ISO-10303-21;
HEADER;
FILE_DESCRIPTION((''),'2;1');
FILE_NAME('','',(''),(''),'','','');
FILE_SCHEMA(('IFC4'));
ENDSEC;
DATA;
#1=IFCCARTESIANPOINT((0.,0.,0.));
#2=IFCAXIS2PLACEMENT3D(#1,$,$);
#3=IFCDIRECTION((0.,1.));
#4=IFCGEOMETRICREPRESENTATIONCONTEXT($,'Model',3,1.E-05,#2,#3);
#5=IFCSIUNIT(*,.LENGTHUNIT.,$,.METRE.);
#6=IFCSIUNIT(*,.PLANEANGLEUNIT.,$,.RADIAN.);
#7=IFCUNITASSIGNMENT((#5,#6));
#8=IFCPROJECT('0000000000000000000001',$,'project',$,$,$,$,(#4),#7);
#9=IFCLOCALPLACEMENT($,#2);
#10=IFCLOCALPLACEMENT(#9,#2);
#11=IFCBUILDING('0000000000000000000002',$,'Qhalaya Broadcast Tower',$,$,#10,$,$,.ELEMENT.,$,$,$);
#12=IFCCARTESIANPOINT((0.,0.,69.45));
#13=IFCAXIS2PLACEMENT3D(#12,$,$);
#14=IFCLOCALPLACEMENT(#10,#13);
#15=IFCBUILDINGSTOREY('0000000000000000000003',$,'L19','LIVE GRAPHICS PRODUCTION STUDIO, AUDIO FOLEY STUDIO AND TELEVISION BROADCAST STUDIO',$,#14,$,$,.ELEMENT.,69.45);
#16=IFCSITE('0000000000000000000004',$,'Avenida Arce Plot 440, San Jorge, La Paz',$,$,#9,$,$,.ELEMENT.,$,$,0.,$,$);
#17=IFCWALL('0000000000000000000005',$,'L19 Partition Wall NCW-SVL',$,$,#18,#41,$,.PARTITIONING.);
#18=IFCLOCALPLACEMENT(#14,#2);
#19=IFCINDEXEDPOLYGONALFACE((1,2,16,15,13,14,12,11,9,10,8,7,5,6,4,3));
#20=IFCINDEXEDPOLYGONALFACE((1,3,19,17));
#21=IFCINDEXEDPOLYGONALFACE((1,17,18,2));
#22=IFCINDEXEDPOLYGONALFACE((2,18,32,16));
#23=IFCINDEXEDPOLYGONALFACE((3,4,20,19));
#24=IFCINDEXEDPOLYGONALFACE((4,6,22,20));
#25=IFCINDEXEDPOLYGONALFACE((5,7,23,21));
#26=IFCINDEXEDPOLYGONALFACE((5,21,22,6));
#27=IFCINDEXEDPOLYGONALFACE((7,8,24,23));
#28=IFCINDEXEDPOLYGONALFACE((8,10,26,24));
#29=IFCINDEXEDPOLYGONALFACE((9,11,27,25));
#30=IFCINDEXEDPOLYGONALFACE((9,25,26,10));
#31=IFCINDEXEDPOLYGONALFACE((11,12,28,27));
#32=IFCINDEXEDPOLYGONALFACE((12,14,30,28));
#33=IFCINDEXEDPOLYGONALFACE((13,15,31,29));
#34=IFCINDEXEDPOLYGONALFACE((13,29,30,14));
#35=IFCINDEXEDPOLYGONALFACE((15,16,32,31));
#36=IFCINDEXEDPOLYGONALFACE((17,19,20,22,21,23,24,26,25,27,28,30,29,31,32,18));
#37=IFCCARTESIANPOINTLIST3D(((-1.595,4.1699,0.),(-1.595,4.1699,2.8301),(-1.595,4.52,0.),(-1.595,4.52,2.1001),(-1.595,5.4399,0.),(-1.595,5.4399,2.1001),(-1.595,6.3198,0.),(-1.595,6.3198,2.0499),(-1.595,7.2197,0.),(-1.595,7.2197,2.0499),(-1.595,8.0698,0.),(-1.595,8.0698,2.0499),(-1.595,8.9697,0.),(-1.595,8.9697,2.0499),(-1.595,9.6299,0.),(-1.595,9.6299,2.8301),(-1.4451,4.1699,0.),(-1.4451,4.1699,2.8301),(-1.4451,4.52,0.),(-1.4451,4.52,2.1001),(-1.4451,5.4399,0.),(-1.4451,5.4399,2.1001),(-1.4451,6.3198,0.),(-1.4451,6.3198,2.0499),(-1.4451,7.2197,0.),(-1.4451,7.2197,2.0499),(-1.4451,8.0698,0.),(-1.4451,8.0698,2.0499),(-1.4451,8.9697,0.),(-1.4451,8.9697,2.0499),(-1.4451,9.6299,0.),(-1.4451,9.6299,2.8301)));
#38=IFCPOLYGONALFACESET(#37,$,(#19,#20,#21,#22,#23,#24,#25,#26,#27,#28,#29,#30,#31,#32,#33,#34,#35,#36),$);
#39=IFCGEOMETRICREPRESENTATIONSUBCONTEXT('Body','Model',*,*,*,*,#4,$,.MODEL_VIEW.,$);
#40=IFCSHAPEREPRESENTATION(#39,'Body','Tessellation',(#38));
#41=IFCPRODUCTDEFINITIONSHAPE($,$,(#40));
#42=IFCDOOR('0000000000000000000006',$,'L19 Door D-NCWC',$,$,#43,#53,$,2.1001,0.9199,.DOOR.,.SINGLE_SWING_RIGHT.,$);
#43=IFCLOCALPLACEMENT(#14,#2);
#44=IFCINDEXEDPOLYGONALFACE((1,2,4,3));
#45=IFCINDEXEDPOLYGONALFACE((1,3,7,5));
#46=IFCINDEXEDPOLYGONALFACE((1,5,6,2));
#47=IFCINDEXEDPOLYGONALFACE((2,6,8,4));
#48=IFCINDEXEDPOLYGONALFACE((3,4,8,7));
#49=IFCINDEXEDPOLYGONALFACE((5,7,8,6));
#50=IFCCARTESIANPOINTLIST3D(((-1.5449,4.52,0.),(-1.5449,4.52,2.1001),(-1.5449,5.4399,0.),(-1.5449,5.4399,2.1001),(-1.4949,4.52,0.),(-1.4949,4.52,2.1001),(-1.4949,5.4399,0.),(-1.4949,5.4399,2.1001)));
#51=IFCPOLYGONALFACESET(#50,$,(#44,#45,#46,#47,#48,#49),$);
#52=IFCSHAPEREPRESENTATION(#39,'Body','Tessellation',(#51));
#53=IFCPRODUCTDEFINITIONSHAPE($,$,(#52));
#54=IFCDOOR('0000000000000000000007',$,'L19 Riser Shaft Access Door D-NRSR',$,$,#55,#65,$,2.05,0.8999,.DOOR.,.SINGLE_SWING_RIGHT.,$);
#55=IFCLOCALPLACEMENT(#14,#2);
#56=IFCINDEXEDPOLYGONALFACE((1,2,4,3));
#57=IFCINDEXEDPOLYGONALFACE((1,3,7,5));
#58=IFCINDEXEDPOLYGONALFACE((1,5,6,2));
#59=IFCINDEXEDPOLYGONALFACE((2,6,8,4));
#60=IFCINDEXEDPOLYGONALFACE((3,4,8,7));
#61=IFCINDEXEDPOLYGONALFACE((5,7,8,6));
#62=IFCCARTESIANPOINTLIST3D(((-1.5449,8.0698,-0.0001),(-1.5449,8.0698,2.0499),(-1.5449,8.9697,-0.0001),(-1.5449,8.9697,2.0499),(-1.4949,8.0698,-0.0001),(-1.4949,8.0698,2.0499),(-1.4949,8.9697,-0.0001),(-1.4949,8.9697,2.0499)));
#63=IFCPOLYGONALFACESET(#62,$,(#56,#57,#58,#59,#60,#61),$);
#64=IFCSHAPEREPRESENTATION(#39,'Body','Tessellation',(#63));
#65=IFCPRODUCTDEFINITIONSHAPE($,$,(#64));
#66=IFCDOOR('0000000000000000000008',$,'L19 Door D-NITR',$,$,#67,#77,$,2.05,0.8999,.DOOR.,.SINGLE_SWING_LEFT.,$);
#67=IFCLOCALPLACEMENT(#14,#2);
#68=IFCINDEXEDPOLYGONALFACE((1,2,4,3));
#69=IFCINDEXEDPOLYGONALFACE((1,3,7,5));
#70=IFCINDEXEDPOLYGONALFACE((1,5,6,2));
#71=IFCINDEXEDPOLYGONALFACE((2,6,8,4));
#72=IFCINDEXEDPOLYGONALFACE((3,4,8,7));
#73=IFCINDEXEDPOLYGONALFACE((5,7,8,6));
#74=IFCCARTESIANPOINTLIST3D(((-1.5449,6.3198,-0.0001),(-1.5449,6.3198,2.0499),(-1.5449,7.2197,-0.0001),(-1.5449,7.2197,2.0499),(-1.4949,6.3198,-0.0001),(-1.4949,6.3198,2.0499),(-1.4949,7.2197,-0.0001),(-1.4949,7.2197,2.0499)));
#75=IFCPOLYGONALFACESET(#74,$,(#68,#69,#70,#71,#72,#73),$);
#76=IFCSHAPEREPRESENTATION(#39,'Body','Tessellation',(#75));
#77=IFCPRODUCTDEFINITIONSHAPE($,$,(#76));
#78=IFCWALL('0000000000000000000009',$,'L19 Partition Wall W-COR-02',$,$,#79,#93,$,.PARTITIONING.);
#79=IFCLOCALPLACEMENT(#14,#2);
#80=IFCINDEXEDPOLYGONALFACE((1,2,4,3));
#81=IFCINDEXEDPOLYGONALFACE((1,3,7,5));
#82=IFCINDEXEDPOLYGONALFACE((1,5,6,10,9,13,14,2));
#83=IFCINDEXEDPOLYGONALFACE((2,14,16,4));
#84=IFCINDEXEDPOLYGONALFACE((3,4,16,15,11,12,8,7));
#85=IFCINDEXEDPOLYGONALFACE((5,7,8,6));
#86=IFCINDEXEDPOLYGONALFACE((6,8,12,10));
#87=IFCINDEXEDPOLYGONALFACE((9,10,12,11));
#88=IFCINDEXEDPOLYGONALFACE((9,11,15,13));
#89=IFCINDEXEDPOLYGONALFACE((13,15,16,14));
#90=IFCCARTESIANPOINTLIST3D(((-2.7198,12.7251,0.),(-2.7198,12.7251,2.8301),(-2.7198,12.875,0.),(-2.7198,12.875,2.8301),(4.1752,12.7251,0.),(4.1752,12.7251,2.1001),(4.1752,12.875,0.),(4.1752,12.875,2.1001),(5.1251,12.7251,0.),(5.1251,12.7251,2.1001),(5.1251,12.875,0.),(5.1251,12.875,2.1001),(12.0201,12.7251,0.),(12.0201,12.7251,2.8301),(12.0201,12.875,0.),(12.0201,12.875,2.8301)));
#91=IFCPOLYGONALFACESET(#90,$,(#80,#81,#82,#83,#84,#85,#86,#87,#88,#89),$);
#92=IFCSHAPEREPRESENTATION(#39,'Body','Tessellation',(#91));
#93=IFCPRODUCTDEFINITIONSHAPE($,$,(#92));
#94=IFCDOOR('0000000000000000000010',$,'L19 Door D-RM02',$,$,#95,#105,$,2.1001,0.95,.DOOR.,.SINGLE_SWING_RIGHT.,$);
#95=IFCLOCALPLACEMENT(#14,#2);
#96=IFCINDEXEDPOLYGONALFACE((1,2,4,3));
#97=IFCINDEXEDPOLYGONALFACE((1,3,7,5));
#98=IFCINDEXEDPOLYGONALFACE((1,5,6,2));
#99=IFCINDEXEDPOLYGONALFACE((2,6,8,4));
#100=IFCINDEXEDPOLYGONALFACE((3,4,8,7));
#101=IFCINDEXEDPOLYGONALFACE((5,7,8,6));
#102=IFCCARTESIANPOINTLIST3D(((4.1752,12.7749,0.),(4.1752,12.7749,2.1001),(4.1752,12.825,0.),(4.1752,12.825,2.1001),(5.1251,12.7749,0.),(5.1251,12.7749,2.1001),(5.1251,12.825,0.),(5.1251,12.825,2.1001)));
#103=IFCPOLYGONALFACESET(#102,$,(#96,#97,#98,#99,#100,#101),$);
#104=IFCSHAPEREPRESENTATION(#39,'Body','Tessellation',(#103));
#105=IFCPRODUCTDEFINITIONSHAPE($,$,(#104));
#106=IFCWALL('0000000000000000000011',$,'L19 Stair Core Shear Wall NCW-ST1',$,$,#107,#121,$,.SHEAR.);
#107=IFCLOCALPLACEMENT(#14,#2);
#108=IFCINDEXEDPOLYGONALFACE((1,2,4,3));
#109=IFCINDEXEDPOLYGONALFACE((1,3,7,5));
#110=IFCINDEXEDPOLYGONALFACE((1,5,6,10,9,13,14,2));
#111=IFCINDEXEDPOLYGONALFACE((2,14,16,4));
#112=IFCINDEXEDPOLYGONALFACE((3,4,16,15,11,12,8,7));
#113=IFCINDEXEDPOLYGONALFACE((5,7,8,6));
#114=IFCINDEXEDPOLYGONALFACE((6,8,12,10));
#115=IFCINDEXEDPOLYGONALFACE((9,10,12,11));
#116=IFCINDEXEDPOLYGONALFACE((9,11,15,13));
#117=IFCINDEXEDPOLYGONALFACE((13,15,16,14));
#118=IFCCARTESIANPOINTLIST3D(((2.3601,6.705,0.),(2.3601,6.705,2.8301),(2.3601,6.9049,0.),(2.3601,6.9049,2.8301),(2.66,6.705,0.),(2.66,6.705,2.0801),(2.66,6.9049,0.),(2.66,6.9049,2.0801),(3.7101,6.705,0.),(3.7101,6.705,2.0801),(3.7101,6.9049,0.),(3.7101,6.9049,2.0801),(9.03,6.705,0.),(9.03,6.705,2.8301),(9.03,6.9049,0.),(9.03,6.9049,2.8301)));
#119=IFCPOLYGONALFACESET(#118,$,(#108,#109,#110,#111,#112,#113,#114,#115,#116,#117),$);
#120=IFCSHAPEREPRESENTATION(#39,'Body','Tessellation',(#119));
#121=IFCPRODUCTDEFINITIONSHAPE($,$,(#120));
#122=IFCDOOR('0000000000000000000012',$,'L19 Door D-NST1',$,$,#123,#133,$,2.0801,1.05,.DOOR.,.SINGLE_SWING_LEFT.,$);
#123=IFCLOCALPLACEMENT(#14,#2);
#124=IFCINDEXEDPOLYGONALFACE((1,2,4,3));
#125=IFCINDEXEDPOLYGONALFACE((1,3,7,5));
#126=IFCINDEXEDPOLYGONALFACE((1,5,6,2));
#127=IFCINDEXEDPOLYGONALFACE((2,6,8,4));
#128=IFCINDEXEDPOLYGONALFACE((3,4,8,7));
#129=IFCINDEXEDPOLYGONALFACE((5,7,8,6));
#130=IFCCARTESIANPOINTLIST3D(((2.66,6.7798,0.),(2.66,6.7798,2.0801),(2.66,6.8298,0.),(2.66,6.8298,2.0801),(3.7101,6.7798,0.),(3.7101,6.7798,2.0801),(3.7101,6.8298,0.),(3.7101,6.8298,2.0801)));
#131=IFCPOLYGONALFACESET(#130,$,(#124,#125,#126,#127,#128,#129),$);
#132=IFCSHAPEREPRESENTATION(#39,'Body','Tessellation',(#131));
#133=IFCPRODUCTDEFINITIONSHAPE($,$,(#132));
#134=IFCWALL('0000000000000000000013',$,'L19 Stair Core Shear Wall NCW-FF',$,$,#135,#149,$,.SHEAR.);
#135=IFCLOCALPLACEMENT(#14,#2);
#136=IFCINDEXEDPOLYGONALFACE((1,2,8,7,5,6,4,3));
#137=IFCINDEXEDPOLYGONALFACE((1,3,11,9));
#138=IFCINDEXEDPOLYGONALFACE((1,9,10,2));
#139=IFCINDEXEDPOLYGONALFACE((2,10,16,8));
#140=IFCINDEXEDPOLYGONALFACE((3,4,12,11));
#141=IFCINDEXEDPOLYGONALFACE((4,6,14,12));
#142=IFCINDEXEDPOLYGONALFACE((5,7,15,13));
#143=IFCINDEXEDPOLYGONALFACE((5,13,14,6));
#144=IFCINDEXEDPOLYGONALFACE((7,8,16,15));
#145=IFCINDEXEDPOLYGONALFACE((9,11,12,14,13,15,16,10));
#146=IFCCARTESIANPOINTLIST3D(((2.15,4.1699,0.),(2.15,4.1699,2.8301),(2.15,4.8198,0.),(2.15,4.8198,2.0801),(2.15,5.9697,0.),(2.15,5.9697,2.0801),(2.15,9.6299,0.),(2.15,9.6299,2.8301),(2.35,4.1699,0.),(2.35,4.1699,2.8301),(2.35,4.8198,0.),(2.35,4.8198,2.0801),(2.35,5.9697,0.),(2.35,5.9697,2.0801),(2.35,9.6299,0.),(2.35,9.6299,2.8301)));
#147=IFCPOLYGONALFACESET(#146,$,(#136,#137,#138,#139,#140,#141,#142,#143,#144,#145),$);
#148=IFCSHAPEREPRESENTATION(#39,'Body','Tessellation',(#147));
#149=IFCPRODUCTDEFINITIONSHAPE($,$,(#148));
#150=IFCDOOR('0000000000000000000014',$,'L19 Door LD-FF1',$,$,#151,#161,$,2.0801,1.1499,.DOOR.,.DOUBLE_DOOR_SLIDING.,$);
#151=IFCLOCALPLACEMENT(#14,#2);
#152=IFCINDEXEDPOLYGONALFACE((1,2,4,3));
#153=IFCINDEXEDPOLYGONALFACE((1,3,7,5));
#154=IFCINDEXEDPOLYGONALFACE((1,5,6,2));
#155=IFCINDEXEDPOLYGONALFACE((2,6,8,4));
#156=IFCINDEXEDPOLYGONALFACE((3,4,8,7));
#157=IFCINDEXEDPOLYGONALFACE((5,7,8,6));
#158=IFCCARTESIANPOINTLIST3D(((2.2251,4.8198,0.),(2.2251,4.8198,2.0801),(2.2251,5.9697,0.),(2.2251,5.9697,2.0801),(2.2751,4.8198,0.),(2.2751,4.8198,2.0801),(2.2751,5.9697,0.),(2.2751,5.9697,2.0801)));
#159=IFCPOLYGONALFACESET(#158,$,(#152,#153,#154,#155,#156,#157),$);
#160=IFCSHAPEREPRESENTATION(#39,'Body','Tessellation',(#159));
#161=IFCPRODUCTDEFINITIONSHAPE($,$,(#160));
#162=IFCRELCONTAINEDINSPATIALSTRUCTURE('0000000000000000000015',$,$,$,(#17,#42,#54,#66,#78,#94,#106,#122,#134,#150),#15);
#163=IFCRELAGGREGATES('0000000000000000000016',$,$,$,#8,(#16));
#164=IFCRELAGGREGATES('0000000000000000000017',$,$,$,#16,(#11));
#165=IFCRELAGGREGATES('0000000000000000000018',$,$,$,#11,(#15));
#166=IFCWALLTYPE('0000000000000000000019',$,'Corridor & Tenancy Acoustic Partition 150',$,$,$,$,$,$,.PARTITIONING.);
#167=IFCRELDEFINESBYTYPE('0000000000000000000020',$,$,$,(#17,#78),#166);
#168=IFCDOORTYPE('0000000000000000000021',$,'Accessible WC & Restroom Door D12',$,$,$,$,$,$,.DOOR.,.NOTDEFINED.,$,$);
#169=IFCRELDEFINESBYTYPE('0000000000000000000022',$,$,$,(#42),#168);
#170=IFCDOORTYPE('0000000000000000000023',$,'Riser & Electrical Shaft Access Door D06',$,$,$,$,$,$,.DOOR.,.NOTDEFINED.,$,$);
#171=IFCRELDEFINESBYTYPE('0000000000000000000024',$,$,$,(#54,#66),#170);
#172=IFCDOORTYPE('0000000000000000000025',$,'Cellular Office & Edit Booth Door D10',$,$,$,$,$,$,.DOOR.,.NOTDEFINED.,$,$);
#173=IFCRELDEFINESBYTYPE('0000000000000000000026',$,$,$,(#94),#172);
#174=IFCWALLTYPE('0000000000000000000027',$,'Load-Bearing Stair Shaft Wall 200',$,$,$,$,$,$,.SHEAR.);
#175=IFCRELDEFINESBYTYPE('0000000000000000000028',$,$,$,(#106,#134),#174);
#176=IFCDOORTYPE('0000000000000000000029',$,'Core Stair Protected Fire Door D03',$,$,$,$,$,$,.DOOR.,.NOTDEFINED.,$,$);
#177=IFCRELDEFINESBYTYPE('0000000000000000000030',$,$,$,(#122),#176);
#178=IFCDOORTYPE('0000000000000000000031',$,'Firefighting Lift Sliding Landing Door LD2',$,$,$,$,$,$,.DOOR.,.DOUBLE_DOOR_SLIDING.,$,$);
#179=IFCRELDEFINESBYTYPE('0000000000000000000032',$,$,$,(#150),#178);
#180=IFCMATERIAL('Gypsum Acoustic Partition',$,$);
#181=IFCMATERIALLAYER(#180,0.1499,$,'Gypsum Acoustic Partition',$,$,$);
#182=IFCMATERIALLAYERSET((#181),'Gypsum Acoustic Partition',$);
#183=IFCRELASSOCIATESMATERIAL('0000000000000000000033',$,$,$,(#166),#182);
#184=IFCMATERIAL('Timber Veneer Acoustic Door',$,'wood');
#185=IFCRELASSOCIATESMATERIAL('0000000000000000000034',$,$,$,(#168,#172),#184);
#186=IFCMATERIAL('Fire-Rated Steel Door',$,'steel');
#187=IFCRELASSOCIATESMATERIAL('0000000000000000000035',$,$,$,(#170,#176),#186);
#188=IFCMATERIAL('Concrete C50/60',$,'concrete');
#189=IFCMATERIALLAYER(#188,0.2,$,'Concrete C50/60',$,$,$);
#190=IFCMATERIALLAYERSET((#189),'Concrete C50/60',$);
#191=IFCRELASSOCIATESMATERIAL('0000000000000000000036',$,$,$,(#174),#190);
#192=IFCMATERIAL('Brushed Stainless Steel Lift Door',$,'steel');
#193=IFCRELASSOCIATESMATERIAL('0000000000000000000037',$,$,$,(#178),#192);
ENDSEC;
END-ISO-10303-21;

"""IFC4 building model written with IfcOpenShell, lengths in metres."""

from ifc_helpers import new_model, si_unit, direction, frame, frame_2d, origin, place, context, subcontext, project, spatial, rectangle, extrude, material, layer, layer_set, type_object, element, fill, save


model = new_model("IFC4")

# Units and contexts
model_context = context("Model", 3, precision=1e-05, world=origin(), true_north=direction((0.0, 1.0)))
body_context = subcontext(model_context, "Body", "Model", "MODEL_VIEW")
ifc_project = project(units=[si_unit("LENGTHUNIT", "METRE"), si_unit("PLANEANGLEUNIT", "RADIAN")], contexts=[model_context])

# Site, building, storey
site_placement = place(None, origin())
site = spatial("IfcSite", under=ifc_project, at=site_placement, Name="Avenida Arce Plot 440, San Jorge, La Paz", CompositionType="ELEMENT", RefElevation=0.0)
building_placement = place(site_placement, origin())
building = spatial("IfcBuilding", under=site, at=building_placement, Name="Qhalaya Broadcast Tower", CompositionType="ELEMENT")
storey_placement = place(building_placement, frame((0.0, 0.0, 69.45)))
storey = spatial("IfcBuildingStorey", under=building, at=storey_placement, Name="L19", Description="LIVE GRAPHICS PRODUCTION STUDIO, AUDIO FOLEY STUDIO AND TELEVISION BROADCAST STUDIO", CompositionType="ELEMENT", Elevation=69.45)

# Shared definitions
ifc_material_1 = material(Name="Concrete C50/60", Category="concrete")

# Wall, openings, doors
ifc_material_2 = material(Name="Gypsum Acoustic Partition")
ifc_layer_1 = layer(ifc_material_2, 0.1499, Name="Gypsum Acoustic Partition")
ifc_layer_set_1 = layer_set([ifc_layer_1], Name="Gypsum Acoustic Partition")
wall_type_1 = type_object("IfcWallType", Name="Corridor & Tenancy Acoustic Partition 150", PredefinedType="PARTITIONING", material=ifc_layer_set_1)
wall_1_placement = place(storey_placement, frame((-1.52, 4.1699, 0.0), z_axis=(0.0, 0.0, 1.0), x_axis=(0.0, 1.0, 0.0)))
wall_1 = element("IfcWall", 1, at=wall_1_placement, inside=storey, type_object=wall_type_1, Name="L19 Partition Wall NCW-SVL", PredefinedType="PARTITIONING", context=body_context, shape_type="SweptSolid", body=[
    extrude(rectangle(XDim=5.46, YDim=0.1499, at=frame_2d((2.73, 0.0))), origin(), (0.0, 0.0, 1.0), 2.8301),
])
opening_1_placement = place(wall_1_placement, frame((3.8999, 0.0, 0.0)))
opening_1 = element("IfcOpeningElement", 2, at=opening_1_placement, cuts=wall_1, PredefinedType="OPENING", context=body_context, shape_type="SweptSolid", body=[
    extrude(rectangle(XDim=0.8999, YDim=2.05, at=frame_2d((0.45, 1.0249))), frame((0.0, 0.0869, 0.0), z_axis=(0.0, -1.0, 0.0), x_axis=(1.0, 0.0, 0.0)), (0.0, 0.0, 1.0), 0.1738),
])
opening_2_placement = place(wall_1_placement, frame((2.1499, 0.0, 0.0)))
opening_2 = element("IfcOpeningElement", 3, at=opening_2_placement, cuts=wall_1, PredefinedType="OPENING", context=body_context, shape_type="SweptSolid", body=[
    extrude(rectangle(XDim=0.8999, YDim=2.05, at=frame_2d((0.45, 1.0249))), frame((0.0, 0.0869, 0.0), z_axis=(0.0, -1.0, 0.0), x_axis=(1.0, 0.0, 0.0)), (0.0, 0.0, 1.0), 0.1738),
])
opening_3_placement = place(wall_1_placement, frame((0.3501, 0.0, 0.0)))
opening_3 = element("IfcOpeningElement", 4, at=opening_3_placement, cuts=wall_1, PredefinedType="OPENING", context=body_context, shape_type="SweptSolid", body=[
    extrude(rectangle(XDim=0.9199, YDim=2.1001, at=frame_2d((0.46, 1.05))), frame((0.0, 0.0869, 0.0), z_axis=(0.0, -1.0, 0.0), x_axis=(1.0, 0.0, 0.0)), (0.0, 0.0, 1.0), 0.1738),
])
ifc_material_3 = material(Name="Timber Veneer Acoustic Door", Category="wood")
door_type_1 = type_object("IfcDoorType", Name="Accessible WC & Restroom Door D12", OperationType="NOTDEFINED", PredefinedType="DOOR", material=ifc_material_3)
door_1_placement = place(opening_3_placement, origin())
door_1 = element("IfcDoor", 5, at=door_1_placement, inside=storey, type_object=door_type_1, Name="L19 Door D-NCWC", OperationType="SINGLE_SWING_RIGHT", OverallHeight=2.1001, OverallWidth=0.9199, PredefinedType="DOOR", context=body_context, shape_type="SweptSolid", body=[
    extrude(rectangle(XDim=0.9199, YDim=2.1001, at=frame_2d((0.46, 1.05))), frame((0.0, 0.0249, 0.0), z_axis=(0.0, -1.0, 0.0), x_axis=(1.0, 0.0, 0.0)), (0.0, 0.0, 1.0), 0.05),
])
fill(opening_3, door_1)
ifc_material_4 = material(Name="Fire-Rated Steel Door", Category="steel")
door_type_2 = type_object("IfcDoorType", Name="Riser & Electrical Shaft Access Door D06", OperationType="NOTDEFINED", PredefinedType="DOOR", material=ifc_material_4)
door_2_placement = place(opening_1_placement, origin())
door_2 = element("IfcDoor", 6, at=door_2_placement, inside=storey, type_object=door_type_2, Name="L19 Riser Shaft Access Door D-NRSR", OperationType="SINGLE_SWING_RIGHT", OverallHeight=2.05, OverallWidth=0.8999, PredefinedType="DOOR", context=body_context, shape_type="SweptSolid", body=[
    extrude(rectangle(XDim=0.8999, YDim=2.05, at=frame_2d((0.45, 1.0249))), frame((0.0, 0.0249, 0.0), z_axis=(0.0, -1.0, 0.0), x_axis=(1.0, 0.0, 0.0)), (0.0, 0.0, 1.0), 0.05),
])
fill(opening_1, door_2)
door_3_placement = place(opening_2_placement, origin())
door_3 = element("IfcDoor", 7, at=door_3_placement, inside=storey, type_object=door_type_2, Name="L19 Door D-NITR", OperationType="SINGLE_SWING_LEFT", OverallHeight=2.05, OverallWidth=0.8999, PredefinedType="DOOR", context=body_context, shape_type="SweptSolid", body=[
    extrude(rectangle(XDim=0.8999, YDim=2.05, at=frame_2d((0.45, 1.0249))), frame((0.0, 0.0249, 0.0), z_axis=(0.0, -1.0, 0.0), x_axis=(1.0, 0.0, 0.0)), (0.0, 0.0, 1.0), 0.05),
])
fill(opening_2, door_3)

# Walls, openings, doors
wall_2_placement = place(storey_placement, frame((-2.72, 12.8, 0.0), z_axis=(0.0, 0.0, 1.0), x_axis=(1.0, 0.0, 0.0)))
wall_2 = element("IfcWall", 8, at=wall_2_placement, inside=storey, type_object=wall_type_1, Name="L19 Partition Wall W-COR-02", PredefinedType="PARTITIONING", context=body_context, shape_type="SweptSolid", body=[
    extrude(rectangle(XDim=14.74, YDim=0.1499, at=frame_2d((7.3701, 0.0))), origin(), (0.0, 0.0, 1.0), 2.8301),
])
opening_4_placement = place(wall_2_placement, frame((6.895, 0.0, 0.0)))
opening_4 = element("IfcOpeningElement", 9, at=opening_4_placement, cuts=wall_2, PredefinedType="OPENING", context=body_context, shape_type="SweptSolid", body=[
    extrude(rectangle(XDim=0.95, YDim=2.1001, at=frame_2d((0.4751, 1.05))), frame((0.0, 0.0869, 0.0), z_axis=(0.0, -1.0, 0.0), x_axis=(1.0, 0.0, 0.0)), (0.0, 0.0, 1.0), 0.1738),
])
door_type_3 = type_object("IfcDoorType", Name="Cellular Office & Edit Booth Door D10", OperationType="NOTDEFINED", PredefinedType="DOOR", material=ifc_material_3)
door_4_placement = place(opening_4_placement, origin())
door_4 = element("IfcDoor", 10, at=door_4_placement, inside=storey, type_object=door_type_3, Name="L19 Door D-RM02", OperationType="SINGLE_SWING_RIGHT", OverallHeight=2.1001, OverallWidth=0.95, PredefinedType="DOOR", context=body_context, shape_type="SweptSolid", body=[
    extrude(rectangle(XDim=0.95, YDim=2.1001, at=frame_2d((0.4751, 1.05))), frame((0.0, 0.0249, 0.0), z_axis=(0.0, -1.0, 0.0), x_axis=(1.0, 0.0, 0.0)), (0.0, 0.0, 1.0), 0.05),
])
fill(opening_4, door_4)
ifc_layer_2 = layer(ifc_material_1, 0.2, Name="Concrete C50/60")
ifc_layer_set_2 = layer_set([ifc_layer_2], Name="Concrete C50/60")
wall_type_2 = type_object("IfcWallType", Name="Load-Bearing Stair Shaft Wall 200", PredefinedType="SHEAR", material=ifc_layer_set_2)
wall_3_placement = place(storey_placement, frame((2.3601, 6.8049, 0.0), z_axis=(0.0, 0.0, 1.0), x_axis=(1.0, 0.0, 0.0)))
wall_3 = element("IfcWall", 11, at=wall_3_placement, inside=storey, type_object=wall_type_2, Name="L19 Stair Core Shear Wall NCW-ST1", PredefinedType="SHEAR", context=body_context, shape_type="SweptSolid", body=[
    extrude(rectangle(XDim=6.6699, YDim=0.2, at=frame_2d((3.335, 0.0))), origin(), (0.0, 0.0, 1.0), 2.8301),
])
opening_5_placement = place(wall_3_placement, frame((0.3, 0.0, 0.0)))
opening_5 = element("IfcOpeningElement", 12, at=opening_5_placement, cuts=wall_3, PredefinedType="OPENING", context=body_context, shape_type="SweptSolid", body=[
    extrude(rectangle(XDim=1.05, YDim=2.0801, at=frame_2d((0.5249, 1.04))), frame((0.0, 0.1121, 0.0), z_axis=(0.0, -1.0, 0.0), x_axis=(1.0, 0.0, 0.0)), (0.0, 0.0, 1.0), 0.2239),
])
door_type_4 = type_object("IfcDoorType", Name="Core Stair Protected Fire Door D03", OperationType="NOTDEFINED", PredefinedType="DOOR", material=ifc_material_4)
door_5_placement = place(opening_5_placement, origin())
door_5 = element("IfcDoor", 13, at=door_5_placement, inside=storey, type_object=door_type_4, Name="L19 Door D-NST1", OperationType="SINGLE_SWING_LEFT", OverallHeight=2.0801, OverallWidth=1.05, PredefinedType="DOOR", context=body_context, shape_type="SweptSolid", body=[
    extrude(rectangle(XDim=1.05, YDim=2.0801, at=frame_2d((0.5249, 1.04))), frame((0.0, 0.0249, 0.0), z_axis=(0.0, -1.0, 0.0), x_axis=(1.0, 0.0, 0.0)), (0.0, 0.0, 1.0), 0.05),
])
fill(opening_5, door_5)
wall_4_placement = place(storey_placement, frame((2.25, 4.1699, 0.0), z_axis=(0.0, 0.0, 1.0), x_axis=(0.0, 1.0, 0.0)))
wall_4 = element("IfcWall", 14, at=wall_4_placement, inside=storey, type_object=wall_type_2, Name="L19 Stair Core Shear Wall NCW-FF", PredefinedType="SHEAR", context=body_context, shape_type="SweptSolid", body=[
    extrude(rectangle(XDim=5.46, YDim=0.2, at=frame_2d((2.73, 0.0))), origin(), (0.0, 0.0, 1.0), 2.8301),
])
opening_6_placement = place(wall_4_placement, frame((0.6499, 0.0, 0.0)))
opening_6 = element("IfcOpeningElement", 15, at=opening_6_placement, cuts=wall_4, PredefinedType="OPENING", context=body_context, shape_type="SweptSolid", body=[
    extrude(rectangle(XDim=1.1499, YDim=2.0801, at=frame_2d((0.575, 1.04))), frame((0.0, 0.1121, 0.0), z_axis=(0.0, -1.0, 0.0), x_axis=(1.0, 0.0, 0.0)), (0.0, 0.0, 1.0), 0.2239),
])
ifc_material_5 = material(Name="Brushed Stainless Steel Lift Door", Category="steel")
door_type_5 = type_object("IfcDoorType", Name="Firefighting Lift Sliding Landing Door LD2", OperationType="DOUBLE_DOOR_SLIDING", PredefinedType="DOOR", material=ifc_material_5)
door_6_placement = place(opening_6_placement, origin())
door_6 = element("IfcDoor", 16, at=door_6_placement, inside=storey, type_object=door_type_5, Name="L19 Door LD-FF1", OperationType="DOUBLE_DOOR_SLIDING", OverallHeight=2.0801, OverallWidth=1.1499, PredefinedType="DOOR", context=body_context, shape_type="SweptSolid", body=[
    extrude(rectangle(XDim=1.1499, YDim=2.0801, at=frame_2d((0.575, 1.04))), frame((0.0, 0.0249, 0.0), z_axis=(0.0, -1.0, 0.0), x_axis=(1.0, 0.0, 0.0)), (0.0, 0.0, 1.0), 0.05),
])
fill(opening_6, door_6)

save(model, "model.ifc")
